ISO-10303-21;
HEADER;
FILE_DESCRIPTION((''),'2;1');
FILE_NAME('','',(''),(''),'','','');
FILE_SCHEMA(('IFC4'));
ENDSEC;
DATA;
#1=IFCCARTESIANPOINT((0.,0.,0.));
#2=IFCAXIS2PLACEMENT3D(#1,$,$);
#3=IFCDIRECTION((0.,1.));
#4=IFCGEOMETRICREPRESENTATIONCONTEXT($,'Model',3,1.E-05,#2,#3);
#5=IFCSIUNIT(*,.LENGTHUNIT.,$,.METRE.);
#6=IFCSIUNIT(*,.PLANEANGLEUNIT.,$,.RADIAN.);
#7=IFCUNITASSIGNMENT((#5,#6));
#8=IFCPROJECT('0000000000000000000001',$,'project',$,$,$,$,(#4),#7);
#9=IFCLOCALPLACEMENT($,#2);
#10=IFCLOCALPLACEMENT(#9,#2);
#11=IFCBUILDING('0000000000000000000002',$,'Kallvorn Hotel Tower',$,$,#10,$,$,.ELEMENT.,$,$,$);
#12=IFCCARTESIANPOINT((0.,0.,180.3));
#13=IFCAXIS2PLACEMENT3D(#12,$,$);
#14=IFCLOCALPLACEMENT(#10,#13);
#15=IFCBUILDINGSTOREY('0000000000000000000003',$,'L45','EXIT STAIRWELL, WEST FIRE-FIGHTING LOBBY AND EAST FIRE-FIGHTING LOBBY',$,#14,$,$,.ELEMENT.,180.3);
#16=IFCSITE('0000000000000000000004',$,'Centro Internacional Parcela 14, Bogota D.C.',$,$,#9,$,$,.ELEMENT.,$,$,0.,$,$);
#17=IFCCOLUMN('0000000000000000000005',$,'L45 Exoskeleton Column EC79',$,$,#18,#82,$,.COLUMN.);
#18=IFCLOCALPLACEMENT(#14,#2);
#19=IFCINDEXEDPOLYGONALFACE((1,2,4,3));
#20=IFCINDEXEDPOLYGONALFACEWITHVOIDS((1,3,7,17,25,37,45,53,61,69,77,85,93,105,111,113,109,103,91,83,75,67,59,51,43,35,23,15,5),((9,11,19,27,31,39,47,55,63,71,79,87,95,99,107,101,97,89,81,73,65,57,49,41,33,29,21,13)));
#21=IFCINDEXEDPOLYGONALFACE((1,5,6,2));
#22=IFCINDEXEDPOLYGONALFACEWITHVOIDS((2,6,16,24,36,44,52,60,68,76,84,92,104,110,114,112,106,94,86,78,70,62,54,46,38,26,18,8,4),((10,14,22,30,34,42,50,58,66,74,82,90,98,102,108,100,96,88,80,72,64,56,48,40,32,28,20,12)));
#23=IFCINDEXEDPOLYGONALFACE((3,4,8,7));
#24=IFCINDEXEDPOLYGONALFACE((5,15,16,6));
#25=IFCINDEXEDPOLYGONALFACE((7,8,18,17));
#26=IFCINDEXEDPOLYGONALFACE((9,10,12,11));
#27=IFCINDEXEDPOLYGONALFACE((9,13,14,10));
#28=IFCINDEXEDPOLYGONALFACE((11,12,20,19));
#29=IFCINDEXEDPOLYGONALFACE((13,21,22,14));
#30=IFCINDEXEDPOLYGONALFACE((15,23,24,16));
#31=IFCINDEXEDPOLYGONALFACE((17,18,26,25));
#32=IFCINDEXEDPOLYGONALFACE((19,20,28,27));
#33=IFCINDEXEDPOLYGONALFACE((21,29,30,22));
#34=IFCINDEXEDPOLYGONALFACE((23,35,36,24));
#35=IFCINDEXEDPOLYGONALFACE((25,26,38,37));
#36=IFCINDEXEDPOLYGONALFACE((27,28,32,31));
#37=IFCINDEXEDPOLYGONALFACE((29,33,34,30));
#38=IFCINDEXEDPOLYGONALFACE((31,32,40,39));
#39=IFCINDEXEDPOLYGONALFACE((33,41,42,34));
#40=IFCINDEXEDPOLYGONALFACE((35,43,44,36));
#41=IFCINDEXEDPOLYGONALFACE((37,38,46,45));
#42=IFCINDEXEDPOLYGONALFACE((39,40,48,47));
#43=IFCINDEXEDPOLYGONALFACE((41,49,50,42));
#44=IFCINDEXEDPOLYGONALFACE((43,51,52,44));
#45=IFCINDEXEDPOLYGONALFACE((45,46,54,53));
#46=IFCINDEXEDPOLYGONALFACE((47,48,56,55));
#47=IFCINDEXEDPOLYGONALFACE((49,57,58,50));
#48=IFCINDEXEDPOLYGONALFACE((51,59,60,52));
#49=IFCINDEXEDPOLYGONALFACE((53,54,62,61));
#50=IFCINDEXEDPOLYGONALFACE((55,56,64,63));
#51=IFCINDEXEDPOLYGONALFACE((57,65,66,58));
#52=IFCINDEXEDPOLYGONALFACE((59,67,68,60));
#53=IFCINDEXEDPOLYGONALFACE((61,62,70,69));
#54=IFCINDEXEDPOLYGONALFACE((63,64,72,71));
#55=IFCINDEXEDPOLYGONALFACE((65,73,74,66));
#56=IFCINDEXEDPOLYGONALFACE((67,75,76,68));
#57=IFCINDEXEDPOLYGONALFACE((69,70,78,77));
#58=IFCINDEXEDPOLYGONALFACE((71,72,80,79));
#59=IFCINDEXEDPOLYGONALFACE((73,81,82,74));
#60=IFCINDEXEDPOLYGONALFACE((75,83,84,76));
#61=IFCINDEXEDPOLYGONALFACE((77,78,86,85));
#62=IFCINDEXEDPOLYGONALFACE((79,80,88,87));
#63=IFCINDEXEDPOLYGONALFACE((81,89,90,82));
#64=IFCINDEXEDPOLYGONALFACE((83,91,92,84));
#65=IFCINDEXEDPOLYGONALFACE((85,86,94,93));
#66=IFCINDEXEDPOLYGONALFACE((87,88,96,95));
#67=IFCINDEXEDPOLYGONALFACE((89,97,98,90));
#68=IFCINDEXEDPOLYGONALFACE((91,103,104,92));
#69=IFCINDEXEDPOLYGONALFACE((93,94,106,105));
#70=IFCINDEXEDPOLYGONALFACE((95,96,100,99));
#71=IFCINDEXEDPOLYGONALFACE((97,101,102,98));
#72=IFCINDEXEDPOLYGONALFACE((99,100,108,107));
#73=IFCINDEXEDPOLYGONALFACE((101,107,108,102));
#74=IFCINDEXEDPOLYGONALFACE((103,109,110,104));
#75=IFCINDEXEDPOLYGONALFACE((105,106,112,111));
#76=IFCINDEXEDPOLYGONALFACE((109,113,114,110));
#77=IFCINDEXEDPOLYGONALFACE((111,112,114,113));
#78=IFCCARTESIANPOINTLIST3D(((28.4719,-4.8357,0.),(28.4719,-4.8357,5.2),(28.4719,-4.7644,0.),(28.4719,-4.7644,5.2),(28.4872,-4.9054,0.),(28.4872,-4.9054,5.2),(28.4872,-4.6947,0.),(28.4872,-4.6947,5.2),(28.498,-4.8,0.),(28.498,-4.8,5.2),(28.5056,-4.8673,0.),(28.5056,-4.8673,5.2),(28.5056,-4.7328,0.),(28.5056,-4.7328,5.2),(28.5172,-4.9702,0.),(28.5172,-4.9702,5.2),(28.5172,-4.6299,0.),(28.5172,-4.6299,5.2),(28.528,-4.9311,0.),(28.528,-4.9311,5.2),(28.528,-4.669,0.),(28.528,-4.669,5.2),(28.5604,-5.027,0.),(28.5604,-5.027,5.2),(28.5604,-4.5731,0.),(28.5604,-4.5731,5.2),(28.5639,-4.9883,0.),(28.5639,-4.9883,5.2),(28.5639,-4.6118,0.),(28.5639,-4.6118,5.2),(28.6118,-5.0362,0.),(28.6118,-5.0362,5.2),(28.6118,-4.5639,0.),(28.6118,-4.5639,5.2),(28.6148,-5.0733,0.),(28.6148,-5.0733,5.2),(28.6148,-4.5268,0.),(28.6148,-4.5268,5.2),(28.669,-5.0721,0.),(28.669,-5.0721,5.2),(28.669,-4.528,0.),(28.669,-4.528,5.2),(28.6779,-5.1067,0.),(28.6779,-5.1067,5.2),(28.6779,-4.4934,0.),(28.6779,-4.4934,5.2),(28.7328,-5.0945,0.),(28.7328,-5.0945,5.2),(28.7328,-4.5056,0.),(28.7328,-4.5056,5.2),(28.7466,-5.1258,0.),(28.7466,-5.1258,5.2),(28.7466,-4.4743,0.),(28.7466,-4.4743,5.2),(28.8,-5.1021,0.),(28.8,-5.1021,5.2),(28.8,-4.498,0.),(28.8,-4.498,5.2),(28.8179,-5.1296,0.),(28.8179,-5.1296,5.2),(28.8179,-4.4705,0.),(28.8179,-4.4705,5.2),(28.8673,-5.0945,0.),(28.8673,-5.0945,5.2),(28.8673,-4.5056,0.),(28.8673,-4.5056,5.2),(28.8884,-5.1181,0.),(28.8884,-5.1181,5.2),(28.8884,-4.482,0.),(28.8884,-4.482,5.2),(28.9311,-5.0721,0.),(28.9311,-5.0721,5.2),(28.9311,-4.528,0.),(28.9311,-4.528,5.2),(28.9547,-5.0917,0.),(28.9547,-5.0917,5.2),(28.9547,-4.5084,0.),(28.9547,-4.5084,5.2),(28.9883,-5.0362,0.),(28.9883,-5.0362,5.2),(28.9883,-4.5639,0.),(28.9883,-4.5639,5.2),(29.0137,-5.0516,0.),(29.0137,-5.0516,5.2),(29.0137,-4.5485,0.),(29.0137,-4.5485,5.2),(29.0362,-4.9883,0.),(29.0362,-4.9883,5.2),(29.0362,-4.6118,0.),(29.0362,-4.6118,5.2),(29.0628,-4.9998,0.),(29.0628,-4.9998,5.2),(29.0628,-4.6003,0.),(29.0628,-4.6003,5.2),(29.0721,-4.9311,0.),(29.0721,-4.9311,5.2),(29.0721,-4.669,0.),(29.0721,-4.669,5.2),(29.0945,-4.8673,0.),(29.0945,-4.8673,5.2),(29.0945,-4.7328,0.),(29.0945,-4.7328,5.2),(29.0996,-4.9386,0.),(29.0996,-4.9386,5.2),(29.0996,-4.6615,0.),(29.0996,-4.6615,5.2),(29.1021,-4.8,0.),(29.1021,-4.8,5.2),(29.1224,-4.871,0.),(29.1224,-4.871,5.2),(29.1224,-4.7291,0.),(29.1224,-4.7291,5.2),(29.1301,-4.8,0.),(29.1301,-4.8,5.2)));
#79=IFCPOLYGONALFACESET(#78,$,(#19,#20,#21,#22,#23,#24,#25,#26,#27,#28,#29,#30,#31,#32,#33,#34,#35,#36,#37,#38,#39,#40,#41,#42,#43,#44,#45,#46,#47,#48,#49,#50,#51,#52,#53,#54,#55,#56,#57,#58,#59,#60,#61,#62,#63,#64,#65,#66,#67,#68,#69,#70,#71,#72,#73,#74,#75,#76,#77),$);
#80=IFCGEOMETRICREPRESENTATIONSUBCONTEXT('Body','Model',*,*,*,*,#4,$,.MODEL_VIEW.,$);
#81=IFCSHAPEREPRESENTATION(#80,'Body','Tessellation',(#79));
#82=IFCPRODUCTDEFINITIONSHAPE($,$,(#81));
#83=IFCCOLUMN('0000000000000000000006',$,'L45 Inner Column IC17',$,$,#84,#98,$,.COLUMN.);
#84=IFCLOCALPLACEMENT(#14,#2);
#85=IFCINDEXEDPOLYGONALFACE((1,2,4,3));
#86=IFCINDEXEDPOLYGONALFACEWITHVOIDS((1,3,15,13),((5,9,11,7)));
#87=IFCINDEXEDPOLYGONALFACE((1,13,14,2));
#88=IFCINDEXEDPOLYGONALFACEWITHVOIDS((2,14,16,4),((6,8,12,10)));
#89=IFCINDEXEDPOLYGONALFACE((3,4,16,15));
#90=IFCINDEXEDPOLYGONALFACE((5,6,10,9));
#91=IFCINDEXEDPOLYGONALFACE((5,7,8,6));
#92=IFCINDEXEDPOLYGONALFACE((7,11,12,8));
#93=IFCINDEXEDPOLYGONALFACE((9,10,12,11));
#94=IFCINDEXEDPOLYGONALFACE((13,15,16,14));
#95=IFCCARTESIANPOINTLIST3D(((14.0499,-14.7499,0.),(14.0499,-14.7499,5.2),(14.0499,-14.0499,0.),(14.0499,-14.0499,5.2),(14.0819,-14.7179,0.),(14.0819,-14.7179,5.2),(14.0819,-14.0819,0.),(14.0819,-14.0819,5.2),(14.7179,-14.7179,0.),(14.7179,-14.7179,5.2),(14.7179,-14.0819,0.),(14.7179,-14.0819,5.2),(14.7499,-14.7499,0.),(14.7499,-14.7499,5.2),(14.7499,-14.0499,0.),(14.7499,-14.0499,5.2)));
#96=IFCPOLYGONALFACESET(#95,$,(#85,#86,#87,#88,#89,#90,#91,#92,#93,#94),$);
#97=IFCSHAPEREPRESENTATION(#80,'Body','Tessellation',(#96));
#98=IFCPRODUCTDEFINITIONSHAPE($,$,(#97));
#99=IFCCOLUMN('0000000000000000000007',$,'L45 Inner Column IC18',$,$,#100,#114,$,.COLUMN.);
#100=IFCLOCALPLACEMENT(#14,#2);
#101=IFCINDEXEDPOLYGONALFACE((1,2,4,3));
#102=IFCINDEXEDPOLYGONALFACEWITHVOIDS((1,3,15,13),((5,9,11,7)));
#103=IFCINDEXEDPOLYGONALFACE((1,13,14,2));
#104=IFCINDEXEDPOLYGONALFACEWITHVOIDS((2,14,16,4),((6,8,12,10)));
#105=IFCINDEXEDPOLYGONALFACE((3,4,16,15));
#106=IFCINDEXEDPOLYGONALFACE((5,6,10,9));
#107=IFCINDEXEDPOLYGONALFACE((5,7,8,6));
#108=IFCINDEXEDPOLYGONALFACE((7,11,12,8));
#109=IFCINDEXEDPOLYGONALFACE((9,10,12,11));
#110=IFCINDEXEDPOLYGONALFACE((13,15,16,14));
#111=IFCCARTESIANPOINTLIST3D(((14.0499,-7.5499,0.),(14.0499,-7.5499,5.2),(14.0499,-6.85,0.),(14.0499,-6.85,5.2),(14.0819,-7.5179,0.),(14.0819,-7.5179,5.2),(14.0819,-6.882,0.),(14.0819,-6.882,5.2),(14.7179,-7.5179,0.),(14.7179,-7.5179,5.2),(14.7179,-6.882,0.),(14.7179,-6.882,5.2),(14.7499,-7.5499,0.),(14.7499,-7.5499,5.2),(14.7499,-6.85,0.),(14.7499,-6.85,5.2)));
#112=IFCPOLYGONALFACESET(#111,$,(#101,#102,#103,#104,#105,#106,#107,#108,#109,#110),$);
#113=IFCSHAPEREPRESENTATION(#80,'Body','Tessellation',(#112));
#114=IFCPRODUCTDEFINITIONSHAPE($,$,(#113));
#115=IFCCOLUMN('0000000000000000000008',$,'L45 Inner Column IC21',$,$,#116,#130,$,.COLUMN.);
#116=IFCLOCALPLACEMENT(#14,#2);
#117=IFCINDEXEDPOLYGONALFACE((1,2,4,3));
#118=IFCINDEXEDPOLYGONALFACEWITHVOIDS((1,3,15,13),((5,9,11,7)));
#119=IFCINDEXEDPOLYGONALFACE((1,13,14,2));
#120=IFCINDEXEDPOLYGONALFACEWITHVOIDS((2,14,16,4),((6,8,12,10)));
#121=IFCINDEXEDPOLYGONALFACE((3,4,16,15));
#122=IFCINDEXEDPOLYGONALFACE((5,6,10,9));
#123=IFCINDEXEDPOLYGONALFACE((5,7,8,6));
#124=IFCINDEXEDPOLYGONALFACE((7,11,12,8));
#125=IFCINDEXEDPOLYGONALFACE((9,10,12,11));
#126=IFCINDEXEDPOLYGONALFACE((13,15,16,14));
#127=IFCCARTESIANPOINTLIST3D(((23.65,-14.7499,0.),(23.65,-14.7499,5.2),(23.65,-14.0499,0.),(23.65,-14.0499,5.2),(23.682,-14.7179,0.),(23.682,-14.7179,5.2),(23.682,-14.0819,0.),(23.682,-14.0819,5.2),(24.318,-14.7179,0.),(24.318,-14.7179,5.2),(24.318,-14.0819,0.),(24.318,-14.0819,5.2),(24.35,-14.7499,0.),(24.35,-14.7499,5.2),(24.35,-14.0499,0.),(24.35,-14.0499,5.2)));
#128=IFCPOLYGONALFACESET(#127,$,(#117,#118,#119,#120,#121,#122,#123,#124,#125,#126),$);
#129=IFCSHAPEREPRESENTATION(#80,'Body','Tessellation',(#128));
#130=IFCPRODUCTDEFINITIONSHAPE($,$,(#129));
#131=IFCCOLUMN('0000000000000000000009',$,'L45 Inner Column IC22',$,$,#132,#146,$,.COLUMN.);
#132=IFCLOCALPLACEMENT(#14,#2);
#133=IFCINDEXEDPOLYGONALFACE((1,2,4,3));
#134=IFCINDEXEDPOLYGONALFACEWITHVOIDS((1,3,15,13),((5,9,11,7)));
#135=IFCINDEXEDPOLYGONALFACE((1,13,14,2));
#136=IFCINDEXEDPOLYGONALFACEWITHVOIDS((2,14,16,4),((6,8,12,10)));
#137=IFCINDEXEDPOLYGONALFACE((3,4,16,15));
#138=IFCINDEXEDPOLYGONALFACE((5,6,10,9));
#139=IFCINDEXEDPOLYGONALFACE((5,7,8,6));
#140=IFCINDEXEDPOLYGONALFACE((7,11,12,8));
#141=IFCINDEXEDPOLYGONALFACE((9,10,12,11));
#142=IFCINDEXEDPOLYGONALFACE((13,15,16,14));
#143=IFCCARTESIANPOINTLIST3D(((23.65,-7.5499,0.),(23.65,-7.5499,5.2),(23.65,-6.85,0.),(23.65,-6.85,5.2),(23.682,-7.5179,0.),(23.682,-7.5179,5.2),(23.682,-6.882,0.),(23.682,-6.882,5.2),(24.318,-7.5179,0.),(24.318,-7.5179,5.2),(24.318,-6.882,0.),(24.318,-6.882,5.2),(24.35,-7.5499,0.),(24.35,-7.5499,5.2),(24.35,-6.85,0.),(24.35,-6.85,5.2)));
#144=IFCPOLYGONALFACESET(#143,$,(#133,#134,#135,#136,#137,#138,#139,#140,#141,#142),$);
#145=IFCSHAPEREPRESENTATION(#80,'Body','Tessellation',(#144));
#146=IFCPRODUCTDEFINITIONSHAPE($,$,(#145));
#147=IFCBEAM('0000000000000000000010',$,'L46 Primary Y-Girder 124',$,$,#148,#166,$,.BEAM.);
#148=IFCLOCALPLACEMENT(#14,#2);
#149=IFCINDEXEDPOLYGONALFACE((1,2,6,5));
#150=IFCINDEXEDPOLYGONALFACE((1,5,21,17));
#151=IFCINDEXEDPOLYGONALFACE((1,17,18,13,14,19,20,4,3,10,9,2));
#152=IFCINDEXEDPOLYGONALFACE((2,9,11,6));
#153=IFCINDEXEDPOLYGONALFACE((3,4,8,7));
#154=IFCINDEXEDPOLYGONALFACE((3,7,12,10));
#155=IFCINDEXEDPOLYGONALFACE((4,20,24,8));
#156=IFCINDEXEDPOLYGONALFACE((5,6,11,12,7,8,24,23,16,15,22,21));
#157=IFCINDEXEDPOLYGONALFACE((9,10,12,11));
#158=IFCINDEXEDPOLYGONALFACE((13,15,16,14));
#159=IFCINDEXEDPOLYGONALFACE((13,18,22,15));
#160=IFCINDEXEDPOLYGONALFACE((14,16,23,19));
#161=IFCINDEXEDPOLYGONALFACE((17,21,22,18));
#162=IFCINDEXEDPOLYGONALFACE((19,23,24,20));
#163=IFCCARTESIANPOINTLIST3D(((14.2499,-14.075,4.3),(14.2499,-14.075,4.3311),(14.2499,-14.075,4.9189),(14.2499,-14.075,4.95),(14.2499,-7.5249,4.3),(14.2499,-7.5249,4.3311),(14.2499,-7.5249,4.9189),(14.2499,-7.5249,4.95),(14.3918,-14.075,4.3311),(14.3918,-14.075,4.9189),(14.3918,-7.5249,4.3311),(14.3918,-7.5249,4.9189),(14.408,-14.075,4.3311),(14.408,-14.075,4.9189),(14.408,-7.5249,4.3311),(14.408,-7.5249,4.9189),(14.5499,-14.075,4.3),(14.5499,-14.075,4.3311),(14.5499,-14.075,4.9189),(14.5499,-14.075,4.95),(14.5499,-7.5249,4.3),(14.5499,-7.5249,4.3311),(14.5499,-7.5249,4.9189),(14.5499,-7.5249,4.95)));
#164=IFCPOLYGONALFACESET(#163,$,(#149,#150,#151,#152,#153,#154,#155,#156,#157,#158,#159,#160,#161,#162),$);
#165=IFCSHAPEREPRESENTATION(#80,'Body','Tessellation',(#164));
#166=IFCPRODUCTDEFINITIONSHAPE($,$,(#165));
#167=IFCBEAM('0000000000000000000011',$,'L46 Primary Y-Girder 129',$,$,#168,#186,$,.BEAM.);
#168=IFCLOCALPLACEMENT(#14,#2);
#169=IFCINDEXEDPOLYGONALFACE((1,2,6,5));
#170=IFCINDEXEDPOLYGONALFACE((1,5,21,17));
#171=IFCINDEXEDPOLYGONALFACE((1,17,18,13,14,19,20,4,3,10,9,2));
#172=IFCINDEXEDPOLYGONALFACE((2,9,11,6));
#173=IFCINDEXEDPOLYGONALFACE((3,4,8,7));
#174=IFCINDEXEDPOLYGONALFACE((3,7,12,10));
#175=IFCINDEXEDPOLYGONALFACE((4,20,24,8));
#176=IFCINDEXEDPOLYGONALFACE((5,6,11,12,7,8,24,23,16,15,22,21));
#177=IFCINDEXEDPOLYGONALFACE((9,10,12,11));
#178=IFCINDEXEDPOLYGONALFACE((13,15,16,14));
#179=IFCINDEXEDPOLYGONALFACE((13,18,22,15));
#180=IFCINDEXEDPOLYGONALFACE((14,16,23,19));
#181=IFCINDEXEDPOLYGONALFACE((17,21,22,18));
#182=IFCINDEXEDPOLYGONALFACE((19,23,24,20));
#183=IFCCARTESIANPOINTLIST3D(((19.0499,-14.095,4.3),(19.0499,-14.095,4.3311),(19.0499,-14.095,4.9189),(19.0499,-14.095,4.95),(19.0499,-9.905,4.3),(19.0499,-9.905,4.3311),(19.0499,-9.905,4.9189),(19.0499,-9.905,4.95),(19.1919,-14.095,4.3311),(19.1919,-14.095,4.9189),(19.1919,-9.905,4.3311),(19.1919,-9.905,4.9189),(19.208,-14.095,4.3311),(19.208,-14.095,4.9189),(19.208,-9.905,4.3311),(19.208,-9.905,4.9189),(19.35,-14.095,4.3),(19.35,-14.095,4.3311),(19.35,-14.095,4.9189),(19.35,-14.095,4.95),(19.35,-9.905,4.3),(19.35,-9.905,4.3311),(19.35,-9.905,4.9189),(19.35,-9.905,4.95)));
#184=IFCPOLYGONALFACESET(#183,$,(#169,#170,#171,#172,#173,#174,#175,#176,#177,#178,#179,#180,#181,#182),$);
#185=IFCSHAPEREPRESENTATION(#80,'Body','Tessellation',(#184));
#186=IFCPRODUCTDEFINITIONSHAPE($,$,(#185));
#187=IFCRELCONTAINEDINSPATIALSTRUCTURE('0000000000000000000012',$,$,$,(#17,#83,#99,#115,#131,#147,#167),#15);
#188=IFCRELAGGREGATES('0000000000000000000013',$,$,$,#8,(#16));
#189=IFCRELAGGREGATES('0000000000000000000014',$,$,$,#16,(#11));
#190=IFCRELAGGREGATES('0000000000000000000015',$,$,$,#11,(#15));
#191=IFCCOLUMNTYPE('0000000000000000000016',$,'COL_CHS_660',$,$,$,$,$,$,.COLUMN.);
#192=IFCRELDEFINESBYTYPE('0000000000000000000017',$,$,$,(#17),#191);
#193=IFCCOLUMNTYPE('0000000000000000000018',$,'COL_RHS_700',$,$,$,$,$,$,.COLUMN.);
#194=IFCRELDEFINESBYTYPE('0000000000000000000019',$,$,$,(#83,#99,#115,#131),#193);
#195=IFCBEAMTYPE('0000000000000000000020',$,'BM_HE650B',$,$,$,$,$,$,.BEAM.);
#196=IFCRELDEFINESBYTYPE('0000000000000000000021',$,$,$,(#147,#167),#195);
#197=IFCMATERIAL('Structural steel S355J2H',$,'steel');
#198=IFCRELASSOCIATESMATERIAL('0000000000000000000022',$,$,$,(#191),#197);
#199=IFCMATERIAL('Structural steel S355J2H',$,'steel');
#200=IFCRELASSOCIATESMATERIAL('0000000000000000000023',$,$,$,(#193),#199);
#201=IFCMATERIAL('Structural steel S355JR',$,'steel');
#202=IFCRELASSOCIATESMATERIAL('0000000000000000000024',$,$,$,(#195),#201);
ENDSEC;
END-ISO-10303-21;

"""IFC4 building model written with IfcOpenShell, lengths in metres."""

from ifc_helpers import new_model, si_unit, direction, frame, origin, origin_2d, place, context, subcontext, project, spatial, hollow_rectangle, hollow_circle, i_section, extrude, material, material_profile, profile_set, type_object, element, save


model = new_model("IFC4")

# Units and contexts
model_context = context("Model", 3, precision=1e-05, world=origin(), true_north=direction((0.0, 1.0)))
body_context = subcontext(model_context, "Body", "Model", "MODEL_VIEW")
ifc_project = project(units=[si_unit("LENGTHUNIT", "METRE"), si_unit("PLANEANGLEUNIT", "RADIAN")], contexts=[model_context])

# Site, building, storey
site_placement = place(None, origin())
site = spatial("IfcSite", under=ifc_project, at=site_placement, Name="Centro Internacional Parcela 14, Bogota D.C.", CompositionType="ELEMENT", RefElevation=0.0)
building_placement = place(site_placement, origin())
building = spatial("IfcBuilding", under=site, at=building_placement, Name="Kallvorn Hotel Tower", CompositionType="ELEMENT")
storey_placement = place(building_placement, frame((0.0, 0.0, 180.3)))
storey = spatial("IfcBuildingStorey", under=building, at=storey_placement, Name="L45", Description="EXIT STAIRWELL, WEST FIRE-FIGHTING LOBBY AND EAST FIRE-FIGHTING LOBBY", CompositionType="ELEMENT", Elevation=180.3)

# Columns
ifc_material_1 = material(Name="Structural steel S355J2H", Category="steel")
ifc_material_profile_1 = material_profile(ifc_material_1, hollow_circle(Radius=0.3301, WallThickness=0.0281, at=origin_2d()), Name="CHS 660x28")
ifc_profile_set_1 = profile_set([ifc_material_profile_1], Name="Structural steel S355J2H")
column_type_1 = type_object("IfcColumnType", Name="COL_CHS_660", PredefinedType="COLUMN", material=ifc_profile_set_1)
for number, where, z_axis, x_axis, name in (
    (1, (28.8, -4.8, 0.0), (0.0, 0.0, 1.0), (1.0, 0.0, 0.0), "L45 Exoskeleton Column EC79"),
):
    element("IfcColumn", number, at=place(storey_placement, frame(where, z_axis=z_axis, x_axis=x_axis)), inside=storey, type_object=column_type_1, Name=name, PredefinedType="COLUMN", context=body_context, shape_type="SweptSolid", body=[
        extrude(hollow_circle(Radius=0.3301, WallThickness=0.0281, at=origin_2d()), origin(), (0.0, 0.0, 1.0), 5.2),
    ])
ifc_material_2 = material(Name="Structural steel S355J2H", Category="steel")
ifc_material_profile_2 = material_profile(ifc_material_2, hollow_rectangle(XDim=0.7, YDim=0.7, WallThickness=0.032, at=origin_2d()), Name="RHS 700x700x32")
ifc_profile_set_2 = profile_set([ifc_material_profile_2], Name="Structural steel S355J2H")
column_type_2 = type_object("IfcColumnType", Name="COL_RHS_700", PredefinedType="COLUMN", material=ifc_profile_set_2)
for number, where, z_axis, x_axis, name in (
    (2, (14.3999, -14.3999, 0.0), (0.0, 0.0, 1.0), (1.0, 0.0, 0.0), "L45 Inner Column IC17"),
    (3, (14.3999, -7.2, 0.0), (0.0, 0.0, 1.0), (1.0, 0.0, 0.0), "L45 Inner Column IC18"),
    (4, (24.0, -14.3999, 0.0), (0.0, 0.0, 1.0), (1.0, 0.0, 0.0), "L45 Inner Column IC21"),
    (5, (24.0, -7.2, 0.0), (0.0, 0.0, 1.0), (1.0, 0.0, 0.0), "L45 Inner Column IC22"),
):
    element("IfcColumn", number, at=place(storey_placement, frame(where, z_axis=z_axis, x_axis=x_axis)), inside=storey, type_object=column_type_2, Name=name, PredefinedType="COLUMN", context=body_context, shape_type="SweptSolid", body=[
        extrude(hollow_rectangle(XDim=0.7, YDim=0.7, WallThickness=0.032, at=origin_2d()), origin(), (0.0, 0.0, 1.0), 5.2),
    ])

# Beams
ifc_material_3 = material(Name="Structural steel S355JR", Category="steel")
ifc_material_profile_3 = material_profile(ifc_material_3, i_section(OverallWidth=0.3, OverallDepth=0.6499, WebThickness=0.0161, FlangeThickness=0.031, at=origin_2d()), Name="HE 650 B")
ifc_profile_set_3 = profile_set([ifc_material_profile_3], Name="Structural steel S355JR")
beam_type_1 = type_object("IfcBeamType", Name="BM_HE650B", PredefinedType="BEAM", material=ifc_profile_set_3)
beam_1_placement = place(storey_placement, frame((14.3999, -14.075, 4.625), z_axis=(0.0, 1.0, 0.0), x_axis=(-1.0, 0.0, 0.0)))
element("IfcBeam", 6, at=beam_1_placement, inside=storey, type_object=beam_type_1, Name="L46 Primary Y-Girder 124", PredefinedType="BEAM", context=body_context, shape_type="SweptSolid", body=[
    extrude(i_section(OverallWidth=0.3, OverallDepth=0.6499, WebThickness=0.0161, FlangeThickness=0.031, at=origin_2d()), origin(), (0.0, 0.0, 1.0), 6.55),
])
beam_2_placement = place(storey_placement, frame((19.2, -14.095, 4.625), z_axis=(0.0, 1.0, 0.0), x_axis=(-1.0, 0.0, 0.0)))
element("IfcBeam", 7, at=beam_2_placement, inside=storey, type_object=beam_type_1, Name="L46 Primary Y-Girder 129", PredefinedType="BEAM", context=body_context, shape_type="SweptSolid", body=[
    extrude(i_section(OverallWidth=0.3, OverallDepth=0.6499, WebThickness=0.0161, FlangeThickness=0.031, at=origin_2d()), origin(), (0.0, 0.0, 1.0), 4.1899),
])

save(model, "model.ifc")
